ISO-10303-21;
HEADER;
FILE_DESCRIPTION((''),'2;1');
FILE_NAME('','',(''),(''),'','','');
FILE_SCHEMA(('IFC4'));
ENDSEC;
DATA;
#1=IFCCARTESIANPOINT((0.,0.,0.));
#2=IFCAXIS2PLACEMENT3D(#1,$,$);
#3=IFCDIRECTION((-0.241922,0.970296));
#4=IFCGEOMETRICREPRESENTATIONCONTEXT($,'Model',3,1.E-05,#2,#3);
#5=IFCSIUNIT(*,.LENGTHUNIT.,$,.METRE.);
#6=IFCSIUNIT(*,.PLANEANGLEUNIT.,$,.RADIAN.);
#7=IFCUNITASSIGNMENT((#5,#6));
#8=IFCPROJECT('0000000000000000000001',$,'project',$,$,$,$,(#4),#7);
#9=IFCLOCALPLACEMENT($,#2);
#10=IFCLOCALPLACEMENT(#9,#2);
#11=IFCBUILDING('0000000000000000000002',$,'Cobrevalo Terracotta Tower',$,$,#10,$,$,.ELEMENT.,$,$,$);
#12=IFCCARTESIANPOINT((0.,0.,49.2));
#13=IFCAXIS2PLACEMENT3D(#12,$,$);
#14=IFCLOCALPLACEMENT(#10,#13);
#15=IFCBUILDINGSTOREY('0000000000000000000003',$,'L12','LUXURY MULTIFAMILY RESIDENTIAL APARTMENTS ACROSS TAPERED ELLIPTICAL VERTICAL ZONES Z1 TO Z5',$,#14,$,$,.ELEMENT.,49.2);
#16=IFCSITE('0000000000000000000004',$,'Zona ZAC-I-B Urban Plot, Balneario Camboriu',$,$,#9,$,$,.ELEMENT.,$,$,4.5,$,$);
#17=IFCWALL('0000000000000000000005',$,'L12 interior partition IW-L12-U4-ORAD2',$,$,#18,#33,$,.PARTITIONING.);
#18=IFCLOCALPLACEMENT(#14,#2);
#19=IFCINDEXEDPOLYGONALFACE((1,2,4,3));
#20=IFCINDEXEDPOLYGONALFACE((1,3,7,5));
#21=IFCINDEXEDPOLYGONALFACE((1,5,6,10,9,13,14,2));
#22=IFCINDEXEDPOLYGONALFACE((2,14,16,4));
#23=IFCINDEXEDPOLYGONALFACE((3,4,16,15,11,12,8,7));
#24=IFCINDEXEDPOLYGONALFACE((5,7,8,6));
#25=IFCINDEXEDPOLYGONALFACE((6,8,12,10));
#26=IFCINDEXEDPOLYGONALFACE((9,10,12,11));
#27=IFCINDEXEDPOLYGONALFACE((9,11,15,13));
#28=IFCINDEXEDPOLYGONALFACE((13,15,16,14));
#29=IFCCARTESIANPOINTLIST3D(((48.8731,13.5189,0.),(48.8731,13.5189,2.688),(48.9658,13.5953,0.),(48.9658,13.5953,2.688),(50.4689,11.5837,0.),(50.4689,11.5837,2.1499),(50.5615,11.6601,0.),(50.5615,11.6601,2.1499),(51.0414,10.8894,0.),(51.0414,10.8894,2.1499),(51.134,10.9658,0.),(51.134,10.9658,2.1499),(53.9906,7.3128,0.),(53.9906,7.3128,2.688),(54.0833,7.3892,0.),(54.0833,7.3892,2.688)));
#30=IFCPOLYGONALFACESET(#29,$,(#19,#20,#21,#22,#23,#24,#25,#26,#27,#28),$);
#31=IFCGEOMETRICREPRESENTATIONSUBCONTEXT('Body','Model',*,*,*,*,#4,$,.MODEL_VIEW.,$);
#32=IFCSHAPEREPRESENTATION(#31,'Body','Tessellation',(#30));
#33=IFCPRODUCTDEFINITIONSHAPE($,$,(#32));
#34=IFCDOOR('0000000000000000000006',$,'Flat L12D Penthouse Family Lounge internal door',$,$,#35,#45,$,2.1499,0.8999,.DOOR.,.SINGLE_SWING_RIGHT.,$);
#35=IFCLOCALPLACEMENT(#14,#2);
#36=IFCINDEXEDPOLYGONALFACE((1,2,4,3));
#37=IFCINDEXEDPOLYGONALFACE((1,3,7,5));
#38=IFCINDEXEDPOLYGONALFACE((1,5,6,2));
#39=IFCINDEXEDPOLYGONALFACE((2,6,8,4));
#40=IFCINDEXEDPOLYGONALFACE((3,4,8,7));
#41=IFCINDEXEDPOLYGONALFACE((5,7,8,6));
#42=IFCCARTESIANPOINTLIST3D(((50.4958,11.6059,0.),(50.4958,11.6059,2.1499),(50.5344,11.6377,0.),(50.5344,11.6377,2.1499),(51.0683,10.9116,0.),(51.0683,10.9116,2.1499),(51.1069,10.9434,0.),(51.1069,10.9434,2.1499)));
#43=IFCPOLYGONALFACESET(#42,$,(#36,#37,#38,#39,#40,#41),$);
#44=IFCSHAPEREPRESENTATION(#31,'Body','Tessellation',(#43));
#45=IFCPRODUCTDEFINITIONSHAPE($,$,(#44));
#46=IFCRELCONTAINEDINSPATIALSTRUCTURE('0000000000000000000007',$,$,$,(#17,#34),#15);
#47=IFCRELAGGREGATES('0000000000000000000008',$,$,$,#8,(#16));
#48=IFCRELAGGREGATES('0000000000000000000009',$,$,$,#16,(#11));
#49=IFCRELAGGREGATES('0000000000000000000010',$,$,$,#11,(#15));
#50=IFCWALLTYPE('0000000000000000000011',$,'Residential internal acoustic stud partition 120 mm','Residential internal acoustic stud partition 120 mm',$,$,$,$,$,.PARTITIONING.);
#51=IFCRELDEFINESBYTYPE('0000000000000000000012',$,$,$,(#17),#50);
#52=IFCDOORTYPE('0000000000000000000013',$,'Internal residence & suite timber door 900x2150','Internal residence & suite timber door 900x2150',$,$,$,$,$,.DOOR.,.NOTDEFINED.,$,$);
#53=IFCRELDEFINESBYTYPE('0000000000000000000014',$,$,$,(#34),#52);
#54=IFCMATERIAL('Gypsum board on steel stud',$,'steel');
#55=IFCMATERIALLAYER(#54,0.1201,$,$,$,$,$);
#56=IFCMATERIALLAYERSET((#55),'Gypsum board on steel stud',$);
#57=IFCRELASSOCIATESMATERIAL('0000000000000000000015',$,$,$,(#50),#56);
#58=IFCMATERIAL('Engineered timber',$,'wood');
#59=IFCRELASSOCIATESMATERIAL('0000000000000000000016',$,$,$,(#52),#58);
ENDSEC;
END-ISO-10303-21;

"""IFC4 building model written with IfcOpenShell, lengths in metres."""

from ifc_helpers import new_model, si_unit, direction, frame, frame_2d, origin, place, context, subcontext, project, spatial, rectangle, extrude, source, transform, mapped, material, layer, layer_set, type_object, element, fill, save


model = new_model("IFC4")

# Units and contexts
model_context = context("Model", 3, precision=1e-05, world=origin(), true_north=direction((-0.241922, 0.970296)))
body_context = subcontext(model_context, "Body", "Model", "MODEL_VIEW")
ifc_project = project(units=[si_unit("LENGTHUNIT", "METRE"), si_unit("PLANEANGLEUNIT", "RADIAN")], contexts=[model_context])

# Site, building, storey
site_placement = place(None, origin())
site = spatial("IfcSite", under=ifc_project, at=site_placement, Name="Zona ZAC-I-B Urban Plot, Balneario Camboriu", CompositionType="ELEMENT", RefElevation=4.5)
building_placement = place(site_placement, origin())
building = spatial("IfcBuilding", under=site, at=building_placement, Name="Cobrevalo Terracotta Tower", CompositionType="ELEMENT")
storey_placement = place(building_placement, frame((0.0, 0.0, 49.2)))
storey = spatial("IfcBuildingStorey", under=building, at=storey_placement, Name="L12", Description="LUXURY MULTIFAMILY RESIDENTIAL APARTMENTS ACROSS TAPERED ELLIPTICAL VERTICAL ZONES Z1 TO Z5", CompositionType="ELEMENT", Elevation=49.2)

# Shared definitions
ifc_material_1 = material(Name="Gypsum board on steel stud", Category="steel")
ifc_layer_1 = layer(ifc_material_1, 0.1201)
ifc_layer_set_1 = layer_set([ifc_layer_1], Name="Gypsum board on steel stud")
wall_type_1 = type_object("IfcWallType", Name="Residential internal acoustic stud partition 120 mm", Description="Residential internal acoustic stud partition 120 mm", PredefinedType="PARTITIONING", material=ifc_layer_set_1)

# Shared definitions
ifc_material_2 = material(Name="Engineered timber", Category="wood")
door_type_1 = type_object("IfcDoorType", Name="Internal residence & suite timber door 900x2150", Description="Internal residence & suite timber door 900x2150", OperationType="NOTDEFINED", PredefinedType="DOOR", material=ifc_material_2)
shared_shape_1 = source(origin(), body_context, "Body", "SweptSolid", [
    extrude(rectangle(XDim=0.8999, YDim=2.1499, at=frame_2d((0.45, 1.075))), frame((0.0, 0.0249, 0.0), z_axis=(0.0, -1.0, 0.0), x_axis=(1.0, 0.0, 0.0)), (0.0, 0.0, 1.0), 0.05),
])

# Wall, opening, door
wall_1_placement = place(storey_placement, frame((48.9194, 13.5571, 0.0), z_axis=(0.0, 0.0, 1.0), x_axis=(0.636193, -0.77153, 0.0)))
wall_1 = element("IfcWall", 1, at=wall_1_placement, inside=storey, type_object=wall_type_1, Name="L12 interior partition IW-L12-U4-ORAD2", PredefinedType="PARTITIONING", context=body_context, shape_type="SweptSolid", body=[
    extrude(rectangle(XDim=8.0439, YDim=0.1201, at=frame_2d((4.022, 0.0))), origin(), (0.0, 0.0, 1.0), 2.688),
])
opening_1_placement = place(wall_1_placement, frame((2.5083, 0.0, 0.0)))
opening_1 = element("IfcOpeningElement", 2, at=opening_1_placement, cuts=wall_1, PredefinedType="OPENING", context=body_context, shape_type="SweptSolid", body=[
    extrude(rectangle(XDim=0.8999, YDim=2.1499, at=frame_2d((0.45, 1.075))), frame((0.0, 0.0701, 0.0), z_axis=(0.0, -1.0, 0.0), x_axis=(1.0, 0.0, 0.0)), (0.0, 0.0, 1.0), 0.1401),
])
door_1_placement = place(opening_1_placement, origin())
door_1 = element("IfcDoor", 3, at=door_1_placement, inside=storey, type_object=door_type_1, Name="Flat L12D Penthouse Family Lounge internal door", OperationType="SINGLE_SWING_RIGHT", OverallHeight=2.1499, OverallWidth=0.8999, PredefinedType="DOOR", context=body_context, shape_type="MappedRepresentation", body=[
    mapped(shared_shape_1, transform((0.0, 0.0, 0.0), scale=1.0)),
])
fill(opening_1, door_1)

save(model, "model.ifc")
